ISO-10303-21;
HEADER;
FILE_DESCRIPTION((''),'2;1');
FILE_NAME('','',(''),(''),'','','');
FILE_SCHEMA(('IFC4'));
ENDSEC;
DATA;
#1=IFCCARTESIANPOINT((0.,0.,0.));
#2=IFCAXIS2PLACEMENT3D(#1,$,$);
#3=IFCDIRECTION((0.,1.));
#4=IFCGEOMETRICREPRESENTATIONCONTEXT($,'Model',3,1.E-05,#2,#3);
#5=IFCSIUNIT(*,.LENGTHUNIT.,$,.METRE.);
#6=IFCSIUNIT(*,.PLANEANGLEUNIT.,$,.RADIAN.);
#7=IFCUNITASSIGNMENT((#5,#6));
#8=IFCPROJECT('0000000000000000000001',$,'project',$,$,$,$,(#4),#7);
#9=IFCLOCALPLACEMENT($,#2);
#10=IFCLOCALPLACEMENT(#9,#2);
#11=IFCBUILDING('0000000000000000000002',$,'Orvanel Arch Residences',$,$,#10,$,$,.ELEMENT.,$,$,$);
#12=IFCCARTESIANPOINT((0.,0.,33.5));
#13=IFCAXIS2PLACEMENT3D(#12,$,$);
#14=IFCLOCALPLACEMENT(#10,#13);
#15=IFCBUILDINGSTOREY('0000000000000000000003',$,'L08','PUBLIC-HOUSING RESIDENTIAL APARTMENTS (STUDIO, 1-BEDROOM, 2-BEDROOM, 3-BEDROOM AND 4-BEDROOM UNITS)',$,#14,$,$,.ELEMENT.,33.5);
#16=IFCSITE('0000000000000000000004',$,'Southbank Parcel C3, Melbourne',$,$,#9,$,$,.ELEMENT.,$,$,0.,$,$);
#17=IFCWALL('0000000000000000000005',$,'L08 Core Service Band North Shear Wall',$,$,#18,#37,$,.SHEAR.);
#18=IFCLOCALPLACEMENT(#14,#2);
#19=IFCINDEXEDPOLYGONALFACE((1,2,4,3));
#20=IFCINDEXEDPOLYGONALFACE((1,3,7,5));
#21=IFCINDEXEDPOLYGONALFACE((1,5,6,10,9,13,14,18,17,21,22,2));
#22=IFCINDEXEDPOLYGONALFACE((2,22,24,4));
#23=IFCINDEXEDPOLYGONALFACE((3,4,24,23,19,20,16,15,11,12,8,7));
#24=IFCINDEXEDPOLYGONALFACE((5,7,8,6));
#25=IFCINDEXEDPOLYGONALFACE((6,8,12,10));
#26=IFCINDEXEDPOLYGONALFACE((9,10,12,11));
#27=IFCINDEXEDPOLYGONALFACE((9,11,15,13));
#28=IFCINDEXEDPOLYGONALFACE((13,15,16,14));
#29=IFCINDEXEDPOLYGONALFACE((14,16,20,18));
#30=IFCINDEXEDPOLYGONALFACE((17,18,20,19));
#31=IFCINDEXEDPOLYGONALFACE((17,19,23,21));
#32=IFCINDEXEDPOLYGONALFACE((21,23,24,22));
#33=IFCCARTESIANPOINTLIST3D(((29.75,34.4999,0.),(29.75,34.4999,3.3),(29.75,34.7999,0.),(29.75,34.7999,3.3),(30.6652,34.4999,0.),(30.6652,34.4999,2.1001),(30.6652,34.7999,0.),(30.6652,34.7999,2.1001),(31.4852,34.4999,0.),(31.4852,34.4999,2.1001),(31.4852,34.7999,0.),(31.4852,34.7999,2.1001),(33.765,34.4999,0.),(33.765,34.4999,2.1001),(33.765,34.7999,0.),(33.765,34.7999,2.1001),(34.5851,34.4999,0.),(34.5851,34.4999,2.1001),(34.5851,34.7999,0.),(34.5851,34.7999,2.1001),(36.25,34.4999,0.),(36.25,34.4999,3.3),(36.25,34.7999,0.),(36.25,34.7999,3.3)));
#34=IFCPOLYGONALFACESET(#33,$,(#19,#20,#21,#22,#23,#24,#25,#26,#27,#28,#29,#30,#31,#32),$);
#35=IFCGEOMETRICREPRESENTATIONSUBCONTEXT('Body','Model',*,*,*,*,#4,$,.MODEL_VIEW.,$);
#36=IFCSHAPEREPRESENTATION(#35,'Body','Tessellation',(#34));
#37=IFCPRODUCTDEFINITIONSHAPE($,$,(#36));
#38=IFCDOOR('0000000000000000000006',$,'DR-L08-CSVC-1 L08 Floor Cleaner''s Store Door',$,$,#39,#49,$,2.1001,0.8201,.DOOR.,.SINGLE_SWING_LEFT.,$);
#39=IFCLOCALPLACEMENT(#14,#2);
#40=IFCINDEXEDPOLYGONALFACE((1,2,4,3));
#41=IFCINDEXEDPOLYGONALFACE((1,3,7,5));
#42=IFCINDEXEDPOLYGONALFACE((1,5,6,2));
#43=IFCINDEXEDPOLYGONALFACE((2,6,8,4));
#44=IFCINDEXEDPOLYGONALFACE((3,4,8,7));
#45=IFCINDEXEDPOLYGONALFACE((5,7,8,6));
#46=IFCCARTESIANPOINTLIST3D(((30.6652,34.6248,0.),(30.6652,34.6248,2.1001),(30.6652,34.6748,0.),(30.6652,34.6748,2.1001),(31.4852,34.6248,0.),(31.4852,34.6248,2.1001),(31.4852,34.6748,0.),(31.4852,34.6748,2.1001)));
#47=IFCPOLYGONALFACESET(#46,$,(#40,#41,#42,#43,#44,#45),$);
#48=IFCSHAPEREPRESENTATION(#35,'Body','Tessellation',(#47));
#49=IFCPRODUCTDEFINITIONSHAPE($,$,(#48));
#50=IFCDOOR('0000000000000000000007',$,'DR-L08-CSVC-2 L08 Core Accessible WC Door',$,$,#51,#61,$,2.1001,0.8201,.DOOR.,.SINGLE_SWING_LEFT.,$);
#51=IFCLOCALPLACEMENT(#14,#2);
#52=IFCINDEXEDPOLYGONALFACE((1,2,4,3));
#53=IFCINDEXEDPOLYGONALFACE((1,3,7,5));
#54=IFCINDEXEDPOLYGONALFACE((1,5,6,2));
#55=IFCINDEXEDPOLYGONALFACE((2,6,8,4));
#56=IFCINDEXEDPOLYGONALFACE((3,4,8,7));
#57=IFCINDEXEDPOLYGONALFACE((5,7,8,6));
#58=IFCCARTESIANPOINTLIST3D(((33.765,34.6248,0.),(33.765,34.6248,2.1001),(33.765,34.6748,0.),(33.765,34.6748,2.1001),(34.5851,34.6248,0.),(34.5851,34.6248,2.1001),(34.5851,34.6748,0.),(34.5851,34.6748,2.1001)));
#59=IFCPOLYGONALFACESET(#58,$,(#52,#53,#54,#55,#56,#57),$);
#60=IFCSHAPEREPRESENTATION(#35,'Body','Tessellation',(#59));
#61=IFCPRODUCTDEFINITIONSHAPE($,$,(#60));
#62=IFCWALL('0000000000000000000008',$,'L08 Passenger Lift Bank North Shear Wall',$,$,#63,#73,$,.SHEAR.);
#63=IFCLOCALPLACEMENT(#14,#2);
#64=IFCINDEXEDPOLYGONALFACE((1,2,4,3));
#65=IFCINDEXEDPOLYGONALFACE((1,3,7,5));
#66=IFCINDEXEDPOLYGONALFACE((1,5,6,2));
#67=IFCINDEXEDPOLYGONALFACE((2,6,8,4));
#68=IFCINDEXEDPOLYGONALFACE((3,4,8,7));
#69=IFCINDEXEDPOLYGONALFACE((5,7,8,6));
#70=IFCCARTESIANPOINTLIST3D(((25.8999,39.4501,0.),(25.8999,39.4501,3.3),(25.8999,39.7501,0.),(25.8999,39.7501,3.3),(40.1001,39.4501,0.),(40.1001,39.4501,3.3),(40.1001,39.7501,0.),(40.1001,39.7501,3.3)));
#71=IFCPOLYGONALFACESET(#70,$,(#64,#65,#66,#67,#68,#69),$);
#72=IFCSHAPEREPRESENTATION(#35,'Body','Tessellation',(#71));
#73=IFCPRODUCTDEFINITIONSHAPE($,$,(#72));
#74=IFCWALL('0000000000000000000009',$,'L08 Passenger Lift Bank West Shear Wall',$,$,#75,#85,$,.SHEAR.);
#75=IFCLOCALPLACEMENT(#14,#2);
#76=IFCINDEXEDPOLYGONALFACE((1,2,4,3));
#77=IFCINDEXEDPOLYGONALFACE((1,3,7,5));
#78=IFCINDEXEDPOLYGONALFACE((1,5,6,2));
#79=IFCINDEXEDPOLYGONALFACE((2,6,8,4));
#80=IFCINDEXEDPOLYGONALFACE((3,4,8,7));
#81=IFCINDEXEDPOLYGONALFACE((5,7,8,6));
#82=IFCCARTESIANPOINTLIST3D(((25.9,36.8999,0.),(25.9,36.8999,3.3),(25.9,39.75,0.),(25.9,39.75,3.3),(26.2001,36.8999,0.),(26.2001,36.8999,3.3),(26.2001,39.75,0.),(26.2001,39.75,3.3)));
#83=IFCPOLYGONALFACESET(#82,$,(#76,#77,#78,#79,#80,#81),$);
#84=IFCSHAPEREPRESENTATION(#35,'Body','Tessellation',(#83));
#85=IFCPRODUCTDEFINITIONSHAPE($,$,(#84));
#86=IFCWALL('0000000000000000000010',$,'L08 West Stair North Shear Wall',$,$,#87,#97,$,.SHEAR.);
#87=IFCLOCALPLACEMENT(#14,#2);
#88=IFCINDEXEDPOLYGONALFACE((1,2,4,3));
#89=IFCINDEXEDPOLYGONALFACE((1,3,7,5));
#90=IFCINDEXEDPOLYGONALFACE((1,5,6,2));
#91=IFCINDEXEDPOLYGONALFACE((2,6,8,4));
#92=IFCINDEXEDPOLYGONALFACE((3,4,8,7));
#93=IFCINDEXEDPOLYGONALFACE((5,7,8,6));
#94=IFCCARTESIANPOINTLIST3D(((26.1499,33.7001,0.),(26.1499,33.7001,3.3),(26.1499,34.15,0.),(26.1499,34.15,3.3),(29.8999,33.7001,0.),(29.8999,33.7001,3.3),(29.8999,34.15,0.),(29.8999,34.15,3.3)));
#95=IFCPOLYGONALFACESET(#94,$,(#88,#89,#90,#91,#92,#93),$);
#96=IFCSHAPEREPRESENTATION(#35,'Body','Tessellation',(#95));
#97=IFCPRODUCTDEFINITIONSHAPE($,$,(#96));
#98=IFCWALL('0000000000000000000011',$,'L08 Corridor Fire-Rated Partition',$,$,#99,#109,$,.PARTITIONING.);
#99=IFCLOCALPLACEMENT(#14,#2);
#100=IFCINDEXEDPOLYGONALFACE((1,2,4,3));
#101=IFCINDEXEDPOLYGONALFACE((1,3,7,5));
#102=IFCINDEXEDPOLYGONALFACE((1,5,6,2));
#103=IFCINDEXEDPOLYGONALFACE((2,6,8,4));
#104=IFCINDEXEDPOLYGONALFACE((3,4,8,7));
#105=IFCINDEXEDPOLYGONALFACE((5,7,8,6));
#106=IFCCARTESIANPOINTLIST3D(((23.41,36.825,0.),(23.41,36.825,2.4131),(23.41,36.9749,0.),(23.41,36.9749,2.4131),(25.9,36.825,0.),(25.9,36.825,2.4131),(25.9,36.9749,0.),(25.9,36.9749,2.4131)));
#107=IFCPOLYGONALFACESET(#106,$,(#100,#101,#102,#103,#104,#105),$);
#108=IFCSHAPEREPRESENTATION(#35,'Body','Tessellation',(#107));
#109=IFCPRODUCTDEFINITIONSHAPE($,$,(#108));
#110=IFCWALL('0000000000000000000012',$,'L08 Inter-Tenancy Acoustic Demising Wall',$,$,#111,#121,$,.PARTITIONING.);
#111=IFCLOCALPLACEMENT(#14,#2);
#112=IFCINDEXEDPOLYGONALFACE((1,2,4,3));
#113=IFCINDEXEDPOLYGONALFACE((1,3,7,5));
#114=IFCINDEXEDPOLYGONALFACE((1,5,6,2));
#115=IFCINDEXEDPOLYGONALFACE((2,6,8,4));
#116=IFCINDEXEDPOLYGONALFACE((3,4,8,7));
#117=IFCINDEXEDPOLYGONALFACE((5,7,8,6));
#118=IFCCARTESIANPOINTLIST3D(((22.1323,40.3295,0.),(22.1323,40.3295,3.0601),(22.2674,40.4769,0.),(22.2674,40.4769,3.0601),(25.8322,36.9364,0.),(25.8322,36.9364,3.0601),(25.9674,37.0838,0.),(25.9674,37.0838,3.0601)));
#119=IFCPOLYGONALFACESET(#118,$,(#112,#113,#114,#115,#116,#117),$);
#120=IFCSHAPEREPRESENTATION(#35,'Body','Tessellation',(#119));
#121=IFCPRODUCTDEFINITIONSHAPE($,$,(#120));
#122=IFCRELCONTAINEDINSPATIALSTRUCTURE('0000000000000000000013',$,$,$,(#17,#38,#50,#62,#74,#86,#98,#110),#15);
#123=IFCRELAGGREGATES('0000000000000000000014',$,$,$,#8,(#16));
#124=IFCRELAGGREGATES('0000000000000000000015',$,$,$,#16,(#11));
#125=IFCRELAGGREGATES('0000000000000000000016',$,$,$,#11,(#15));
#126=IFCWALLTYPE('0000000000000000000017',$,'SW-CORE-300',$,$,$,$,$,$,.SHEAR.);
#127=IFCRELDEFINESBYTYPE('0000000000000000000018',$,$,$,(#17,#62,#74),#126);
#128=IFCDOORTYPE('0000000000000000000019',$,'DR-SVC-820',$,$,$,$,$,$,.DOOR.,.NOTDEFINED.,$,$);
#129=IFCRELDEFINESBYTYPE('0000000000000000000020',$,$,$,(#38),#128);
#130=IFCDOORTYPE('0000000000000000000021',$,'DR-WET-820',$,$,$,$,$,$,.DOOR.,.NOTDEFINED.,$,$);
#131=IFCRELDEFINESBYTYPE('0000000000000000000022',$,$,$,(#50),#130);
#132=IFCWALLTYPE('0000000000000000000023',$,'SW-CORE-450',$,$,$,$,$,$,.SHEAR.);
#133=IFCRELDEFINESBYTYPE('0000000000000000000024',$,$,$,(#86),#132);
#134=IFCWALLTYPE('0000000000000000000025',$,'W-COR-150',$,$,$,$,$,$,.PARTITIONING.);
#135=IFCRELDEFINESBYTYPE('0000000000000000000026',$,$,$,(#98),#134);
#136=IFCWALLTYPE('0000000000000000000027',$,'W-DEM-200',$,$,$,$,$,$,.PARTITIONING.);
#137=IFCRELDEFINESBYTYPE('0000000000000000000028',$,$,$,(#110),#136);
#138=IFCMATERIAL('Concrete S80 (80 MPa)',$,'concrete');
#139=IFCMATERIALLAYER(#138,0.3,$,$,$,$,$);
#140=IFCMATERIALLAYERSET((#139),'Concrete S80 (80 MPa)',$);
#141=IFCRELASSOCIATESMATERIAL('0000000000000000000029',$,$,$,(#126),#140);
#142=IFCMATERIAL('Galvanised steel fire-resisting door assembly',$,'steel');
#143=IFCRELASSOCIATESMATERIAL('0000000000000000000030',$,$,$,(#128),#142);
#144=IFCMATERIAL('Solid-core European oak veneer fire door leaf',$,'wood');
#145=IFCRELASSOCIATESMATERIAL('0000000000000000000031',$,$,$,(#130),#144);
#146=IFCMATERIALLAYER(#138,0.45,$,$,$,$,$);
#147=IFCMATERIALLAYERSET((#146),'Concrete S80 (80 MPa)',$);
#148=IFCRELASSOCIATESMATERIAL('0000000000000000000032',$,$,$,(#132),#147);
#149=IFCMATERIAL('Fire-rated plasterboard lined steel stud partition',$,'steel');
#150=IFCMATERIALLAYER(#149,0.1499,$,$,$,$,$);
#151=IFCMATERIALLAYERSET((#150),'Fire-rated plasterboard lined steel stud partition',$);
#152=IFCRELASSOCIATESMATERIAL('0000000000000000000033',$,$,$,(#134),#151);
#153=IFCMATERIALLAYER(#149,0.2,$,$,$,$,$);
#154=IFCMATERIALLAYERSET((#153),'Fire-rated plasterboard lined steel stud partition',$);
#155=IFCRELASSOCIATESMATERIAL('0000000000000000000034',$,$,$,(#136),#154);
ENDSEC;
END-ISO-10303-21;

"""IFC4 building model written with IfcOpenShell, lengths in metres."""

from ifc_helpers import new_model, si_unit, direction, frame, frame_2d, origin, place, context, subcontext, project, spatial, rectangle, extrude, material, layer, layer_set, type_object, element, fill, save


model = new_model("IFC4")

# Units and contexts
model_context = context("Model", 3, precision=1e-05, world=origin(), true_north=direction((0.0, 1.0)))
body_context = subcontext(model_context, "Body", "Model", "MODEL_VIEW")
ifc_project = project(units=[si_unit("LENGTHUNIT", "METRE"), si_unit("PLANEANGLEUNIT", "RADIAN")], contexts=[model_context])

# Site, building, storey
site_placement = place(None, origin())
site = spatial("IfcSite", under=ifc_project, at=site_placement, Name="Southbank Parcel C3, Melbourne", CompositionType="ELEMENT", RefElevation=0.0)
building_placement = place(site_placement, origin())
building = spatial("IfcBuilding", under=site, at=building_placement, Name="Orvanel Arch Residences", CompositionType="ELEMENT")
storey_placement = place(building_placement, frame((0.0, 0.0, 33.5)))
storey = spatial("IfcBuildingStorey", under=building, at=storey_placement, Name="L08", Description="PUBLIC-HOUSING RESIDENTIAL APARTMENTS (STUDIO, 1-BEDROOM, 2-BEDROOM, 3-BEDROOM AND 4-BEDROOM UNITS)", CompositionType="ELEMENT", Elevation=33.5)

# Wall, openings, doors
ifc_material_1 = material(Name="Concrete S80 (80 MPa)", Category="concrete")
ifc_layer_1 = layer(ifc_material_1, 0.3)
ifc_layer_set_1 = layer_set([ifc_layer_1], Name="Concrete S80 (80 MPa)")
wall_type_1 = type_object("IfcWallType", Name="SW-CORE-300", PredefinedType="SHEAR", material=ifc_layer_set_1)
wall_1_placement = place(storey_placement, frame((29.75, 34.6499, 0.0), z_axis=(0.0, 0.0, 1.0), x_axis=(1.0, 0.0, 0.0)))
wall_1 = element("IfcWall", 1, at=wall_1_placement, inside=storey, type_object=wall_type_1, Name="L08 Core Service Band North Shear Wall", PredefinedType="SHEAR", context=body_context, shape_type="SweptSolid", body=[
    extrude(rectangle(XDim=6.5, YDim=0.3, at=frame_2d((3.25, 0.0))), origin(), (0.0, 0.0, 1.0), 3.3),
])
opening_1_placement = place(wall_1_placement, frame((0.915, 0.0, 0.0)))
opening_1 = element("IfcOpeningElement", 2, at=opening_1_placement, cuts=wall_1, PredefinedType="OPENING", context=body_context, shape_type="SweptSolid", body=[
    extrude(rectangle(XDim=0.8201, YDim=2.1001, at=frame_2d((0.4102, 1.05))), frame((0.0, 0.1599, 0.0), z_axis=(0.0, -1.0, 0.0), x_axis=(1.0, 0.0, 0.0)), (0.0, 0.0, 1.0), 0.3201),
])
opening_2_placement = place(wall_1_placement, frame((4.0149, 0.0, 0.0)))
opening_2 = element("IfcOpeningElement", 3, at=opening_2_placement, cuts=wall_1, PredefinedType="OPENING", context=body_context, shape_type="SweptSolid", body=[
    extrude(rectangle(XDim=0.8201, YDim=2.1001, at=frame_2d((0.4102, 1.05))), frame((0.0, 0.1599, 0.0), z_axis=(0.0, -1.0, 0.0), x_axis=(1.0, 0.0, 0.0)), (0.0, 0.0, 1.0), 0.3201),
])
ifc_material_2 = material(Name="Galvanised steel fire-resisting door assembly", Category="steel")
door_type_1 = type_object("IfcDoorType", Name="DR-SVC-820", OperationType="NOTDEFINED", PredefinedType="DOOR", material=ifc_material_2)
door_1_placement = place(opening_1_placement, origin())
door_1 = element("IfcDoor", 4, at=door_1_placement, inside=storey, type_object=door_type_1, Name="DR-L08-CSVC-1 L08 Floor Cleaner's Store Door", OperationType="SINGLE_SWING_LEFT", OverallHeight=2.1001, OverallWidth=0.8201, PredefinedType="DOOR", context=body_context, shape_type="SweptSolid", body=[
    extrude(rectangle(XDim=0.8201, YDim=2.1001, at=frame_2d((0.4102, 1.05))), frame((0.0, 0.0249, 0.0), z_axis=(0.0, -1.0, 0.0), x_axis=(1.0, 0.0, 0.0)), (0.0, 0.0, 1.0), 0.05),
])
fill(opening_1, door_1)
ifc_material_3 = material(Name="Solid-core European oak veneer fire door leaf", Category="wood")
door_type_2 = type_object("IfcDoorType", Name="DR-WET-820", OperationType="NOTDEFINED", PredefinedType="DOOR", material=ifc_material_3)
door_2_placement = place(opening_2_placement, origin())
door_2 = element("IfcDoor", 5, at=door_2_placement, inside=storey, type_object=door_type_2, Name="DR-L08-CSVC-2 L08 Core Accessible WC Door", OperationType="SINGLE_SWING_LEFT", OverallHeight=2.1001, OverallWidth=0.8201, PredefinedType="DOOR", context=body_context, shape_type="SweptSolid", body=[
    extrude(rectangle(XDim=0.8201, YDim=2.1001, at=frame_2d((0.4102, 1.05))), frame((0.0, 0.0249, 0.0), z_axis=(0.0, -1.0, 0.0), x_axis=(1.0, 0.0, 0.0)), (0.0, 0.0, 1.0), 0.05),
])
fill(opening_2, door_2)

# Walls
wall_2_placement = place(storey_placement, frame((25.8999, 39.6001, 0.0), z_axis=(0.0, 0.0, 1.0), x_axis=(1.0, 0.0, 0.0)))
element("IfcWall", 6, at=wall_2_placement, inside=storey, type_object=wall_type_1, Name="L08 Passenger Lift Bank North Shear Wall", PredefinedType="SHEAR", context=body_context, shape_type="SweptSolid", body=[
    extrude(rectangle(XDim=14.2002, YDim=0.3, at=frame_2d((7.1001, 0.0))), origin(), (0.0, 0.0, 1.0), 3.3),
])
wall_3_placement = place(storey_placement, frame((26.05, 36.8999, 0.0), z_axis=(0.0, 0.0, 1.0), x_axis=(0.0, 1.0, 0.0)))
element("IfcWall", 7, at=wall_3_placement, inside=storey, type_object=wall_type_1, Name="L08 Passenger Lift Bank West Shear Wall", PredefinedType="SHEAR", context=body_context, shape_type="SweptSolid", body=[
    extrude(rectangle(XDim=2.8501, YDim=0.3, at=frame_2d((1.425, 0.0))), origin(), (0.0, 0.0, 1.0), 3.3),
])
ifc_layer_2 = layer(ifc_material_1, 0.45)
ifc_layer_set_2 = layer_set([ifc_layer_2], Name="Concrete S80 (80 MPa)")
wall_type_2 = type_object("IfcWallType", Name="SW-CORE-450", PredefinedType="SHEAR", material=ifc_layer_set_2)
wall_4_placement = place(storey_placement, frame((26.1499, 33.925, 0.0), z_axis=(0.0, 0.0, 1.0), x_axis=(1.0, 0.0, 0.0)))
element("IfcWall", 8, at=wall_4_placement, inside=storey, type_object=wall_type_2, Name="L08 West Stair North Shear Wall", PredefinedType="SHEAR", context=body_context, shape_type="SweptSolid", body=[
    extrude(rectangle(XDim=3.75, YDim=0.45, at=frame_2d((1.875, 0.0))), origin(), (0.0, 0.0, 1.0), 3.3),
])
ifc_material_4 = material(Name="Fire-rated plasterboard lined steel stud partition", Category="steel")
ifc_layer_3 = layer(ifc_material_4, 0.1499)
ifc_layer_set_3 = layer_set([ifc_layer_3], Name="Fire-rated plasterboard lined steel stud partition")
wall_type_3 = type_object("IfcWallType", Name="W-COR-150", PredefinedType="PARTITIONING", material=ifc_layer_set_3)
wall_5_placement = place(storey_placement, frame((23.4099, 36.8999, 0.0), z_axis=(0.0, 0.0, 1.0), x_axis=(1.0, 0.0, 0.0)))
element("IfcWall", 9, at=wall_5_placement, inside=storey, type_object=wall_type_3, Name="L08 Corridor Fire-Rated Partition", PredefinedType="PARTITIONING", context=body_context, shape_type="SweptSolid", body=[
    extrude(rectangle(XDim=2.49, YDim=0.1499, at=frame_2d((1.2451, 0.0))), origin(), (0.0, 0.0, 1.0), 2.4131),
])
ifc_layer_4 = layer(ifc_material_4, 0.2)
ifc_layer_set_4 = layer_set([ifc_layer_4], Name="Fire-rated plasterboard lined steel stud partition")
wall_type_4 = type_object("IfcWallType", Name="W-DEM-200", PredefinedType="PARTITIONING", material=ifc_layer_set_4)
wall_6_placement = place(storey_placement, frame((25.8999, 37.01, 0.0), z_axis=(0.0, 0.0, 1.0), x_axis=(-0.737011, 0.675881, 0.0)))
element("IfcWall", 10, at=wall_6_placement, inside=storey, type_object=wall_type_4, Name="L08 Inter-Tenancy Acoustic Demising Wall", PredefinedType="PARTITIONING", context=body_context, shape_type="SweptSolid", body=[
    extrude(rectangle(XDim=5.0203, YDim=0.2, at=frame_2d((2.5103, 0.0))), origin(), (0.0, 0.0, 1.0), 3.0601),
])

save(model, "model.ifc")
